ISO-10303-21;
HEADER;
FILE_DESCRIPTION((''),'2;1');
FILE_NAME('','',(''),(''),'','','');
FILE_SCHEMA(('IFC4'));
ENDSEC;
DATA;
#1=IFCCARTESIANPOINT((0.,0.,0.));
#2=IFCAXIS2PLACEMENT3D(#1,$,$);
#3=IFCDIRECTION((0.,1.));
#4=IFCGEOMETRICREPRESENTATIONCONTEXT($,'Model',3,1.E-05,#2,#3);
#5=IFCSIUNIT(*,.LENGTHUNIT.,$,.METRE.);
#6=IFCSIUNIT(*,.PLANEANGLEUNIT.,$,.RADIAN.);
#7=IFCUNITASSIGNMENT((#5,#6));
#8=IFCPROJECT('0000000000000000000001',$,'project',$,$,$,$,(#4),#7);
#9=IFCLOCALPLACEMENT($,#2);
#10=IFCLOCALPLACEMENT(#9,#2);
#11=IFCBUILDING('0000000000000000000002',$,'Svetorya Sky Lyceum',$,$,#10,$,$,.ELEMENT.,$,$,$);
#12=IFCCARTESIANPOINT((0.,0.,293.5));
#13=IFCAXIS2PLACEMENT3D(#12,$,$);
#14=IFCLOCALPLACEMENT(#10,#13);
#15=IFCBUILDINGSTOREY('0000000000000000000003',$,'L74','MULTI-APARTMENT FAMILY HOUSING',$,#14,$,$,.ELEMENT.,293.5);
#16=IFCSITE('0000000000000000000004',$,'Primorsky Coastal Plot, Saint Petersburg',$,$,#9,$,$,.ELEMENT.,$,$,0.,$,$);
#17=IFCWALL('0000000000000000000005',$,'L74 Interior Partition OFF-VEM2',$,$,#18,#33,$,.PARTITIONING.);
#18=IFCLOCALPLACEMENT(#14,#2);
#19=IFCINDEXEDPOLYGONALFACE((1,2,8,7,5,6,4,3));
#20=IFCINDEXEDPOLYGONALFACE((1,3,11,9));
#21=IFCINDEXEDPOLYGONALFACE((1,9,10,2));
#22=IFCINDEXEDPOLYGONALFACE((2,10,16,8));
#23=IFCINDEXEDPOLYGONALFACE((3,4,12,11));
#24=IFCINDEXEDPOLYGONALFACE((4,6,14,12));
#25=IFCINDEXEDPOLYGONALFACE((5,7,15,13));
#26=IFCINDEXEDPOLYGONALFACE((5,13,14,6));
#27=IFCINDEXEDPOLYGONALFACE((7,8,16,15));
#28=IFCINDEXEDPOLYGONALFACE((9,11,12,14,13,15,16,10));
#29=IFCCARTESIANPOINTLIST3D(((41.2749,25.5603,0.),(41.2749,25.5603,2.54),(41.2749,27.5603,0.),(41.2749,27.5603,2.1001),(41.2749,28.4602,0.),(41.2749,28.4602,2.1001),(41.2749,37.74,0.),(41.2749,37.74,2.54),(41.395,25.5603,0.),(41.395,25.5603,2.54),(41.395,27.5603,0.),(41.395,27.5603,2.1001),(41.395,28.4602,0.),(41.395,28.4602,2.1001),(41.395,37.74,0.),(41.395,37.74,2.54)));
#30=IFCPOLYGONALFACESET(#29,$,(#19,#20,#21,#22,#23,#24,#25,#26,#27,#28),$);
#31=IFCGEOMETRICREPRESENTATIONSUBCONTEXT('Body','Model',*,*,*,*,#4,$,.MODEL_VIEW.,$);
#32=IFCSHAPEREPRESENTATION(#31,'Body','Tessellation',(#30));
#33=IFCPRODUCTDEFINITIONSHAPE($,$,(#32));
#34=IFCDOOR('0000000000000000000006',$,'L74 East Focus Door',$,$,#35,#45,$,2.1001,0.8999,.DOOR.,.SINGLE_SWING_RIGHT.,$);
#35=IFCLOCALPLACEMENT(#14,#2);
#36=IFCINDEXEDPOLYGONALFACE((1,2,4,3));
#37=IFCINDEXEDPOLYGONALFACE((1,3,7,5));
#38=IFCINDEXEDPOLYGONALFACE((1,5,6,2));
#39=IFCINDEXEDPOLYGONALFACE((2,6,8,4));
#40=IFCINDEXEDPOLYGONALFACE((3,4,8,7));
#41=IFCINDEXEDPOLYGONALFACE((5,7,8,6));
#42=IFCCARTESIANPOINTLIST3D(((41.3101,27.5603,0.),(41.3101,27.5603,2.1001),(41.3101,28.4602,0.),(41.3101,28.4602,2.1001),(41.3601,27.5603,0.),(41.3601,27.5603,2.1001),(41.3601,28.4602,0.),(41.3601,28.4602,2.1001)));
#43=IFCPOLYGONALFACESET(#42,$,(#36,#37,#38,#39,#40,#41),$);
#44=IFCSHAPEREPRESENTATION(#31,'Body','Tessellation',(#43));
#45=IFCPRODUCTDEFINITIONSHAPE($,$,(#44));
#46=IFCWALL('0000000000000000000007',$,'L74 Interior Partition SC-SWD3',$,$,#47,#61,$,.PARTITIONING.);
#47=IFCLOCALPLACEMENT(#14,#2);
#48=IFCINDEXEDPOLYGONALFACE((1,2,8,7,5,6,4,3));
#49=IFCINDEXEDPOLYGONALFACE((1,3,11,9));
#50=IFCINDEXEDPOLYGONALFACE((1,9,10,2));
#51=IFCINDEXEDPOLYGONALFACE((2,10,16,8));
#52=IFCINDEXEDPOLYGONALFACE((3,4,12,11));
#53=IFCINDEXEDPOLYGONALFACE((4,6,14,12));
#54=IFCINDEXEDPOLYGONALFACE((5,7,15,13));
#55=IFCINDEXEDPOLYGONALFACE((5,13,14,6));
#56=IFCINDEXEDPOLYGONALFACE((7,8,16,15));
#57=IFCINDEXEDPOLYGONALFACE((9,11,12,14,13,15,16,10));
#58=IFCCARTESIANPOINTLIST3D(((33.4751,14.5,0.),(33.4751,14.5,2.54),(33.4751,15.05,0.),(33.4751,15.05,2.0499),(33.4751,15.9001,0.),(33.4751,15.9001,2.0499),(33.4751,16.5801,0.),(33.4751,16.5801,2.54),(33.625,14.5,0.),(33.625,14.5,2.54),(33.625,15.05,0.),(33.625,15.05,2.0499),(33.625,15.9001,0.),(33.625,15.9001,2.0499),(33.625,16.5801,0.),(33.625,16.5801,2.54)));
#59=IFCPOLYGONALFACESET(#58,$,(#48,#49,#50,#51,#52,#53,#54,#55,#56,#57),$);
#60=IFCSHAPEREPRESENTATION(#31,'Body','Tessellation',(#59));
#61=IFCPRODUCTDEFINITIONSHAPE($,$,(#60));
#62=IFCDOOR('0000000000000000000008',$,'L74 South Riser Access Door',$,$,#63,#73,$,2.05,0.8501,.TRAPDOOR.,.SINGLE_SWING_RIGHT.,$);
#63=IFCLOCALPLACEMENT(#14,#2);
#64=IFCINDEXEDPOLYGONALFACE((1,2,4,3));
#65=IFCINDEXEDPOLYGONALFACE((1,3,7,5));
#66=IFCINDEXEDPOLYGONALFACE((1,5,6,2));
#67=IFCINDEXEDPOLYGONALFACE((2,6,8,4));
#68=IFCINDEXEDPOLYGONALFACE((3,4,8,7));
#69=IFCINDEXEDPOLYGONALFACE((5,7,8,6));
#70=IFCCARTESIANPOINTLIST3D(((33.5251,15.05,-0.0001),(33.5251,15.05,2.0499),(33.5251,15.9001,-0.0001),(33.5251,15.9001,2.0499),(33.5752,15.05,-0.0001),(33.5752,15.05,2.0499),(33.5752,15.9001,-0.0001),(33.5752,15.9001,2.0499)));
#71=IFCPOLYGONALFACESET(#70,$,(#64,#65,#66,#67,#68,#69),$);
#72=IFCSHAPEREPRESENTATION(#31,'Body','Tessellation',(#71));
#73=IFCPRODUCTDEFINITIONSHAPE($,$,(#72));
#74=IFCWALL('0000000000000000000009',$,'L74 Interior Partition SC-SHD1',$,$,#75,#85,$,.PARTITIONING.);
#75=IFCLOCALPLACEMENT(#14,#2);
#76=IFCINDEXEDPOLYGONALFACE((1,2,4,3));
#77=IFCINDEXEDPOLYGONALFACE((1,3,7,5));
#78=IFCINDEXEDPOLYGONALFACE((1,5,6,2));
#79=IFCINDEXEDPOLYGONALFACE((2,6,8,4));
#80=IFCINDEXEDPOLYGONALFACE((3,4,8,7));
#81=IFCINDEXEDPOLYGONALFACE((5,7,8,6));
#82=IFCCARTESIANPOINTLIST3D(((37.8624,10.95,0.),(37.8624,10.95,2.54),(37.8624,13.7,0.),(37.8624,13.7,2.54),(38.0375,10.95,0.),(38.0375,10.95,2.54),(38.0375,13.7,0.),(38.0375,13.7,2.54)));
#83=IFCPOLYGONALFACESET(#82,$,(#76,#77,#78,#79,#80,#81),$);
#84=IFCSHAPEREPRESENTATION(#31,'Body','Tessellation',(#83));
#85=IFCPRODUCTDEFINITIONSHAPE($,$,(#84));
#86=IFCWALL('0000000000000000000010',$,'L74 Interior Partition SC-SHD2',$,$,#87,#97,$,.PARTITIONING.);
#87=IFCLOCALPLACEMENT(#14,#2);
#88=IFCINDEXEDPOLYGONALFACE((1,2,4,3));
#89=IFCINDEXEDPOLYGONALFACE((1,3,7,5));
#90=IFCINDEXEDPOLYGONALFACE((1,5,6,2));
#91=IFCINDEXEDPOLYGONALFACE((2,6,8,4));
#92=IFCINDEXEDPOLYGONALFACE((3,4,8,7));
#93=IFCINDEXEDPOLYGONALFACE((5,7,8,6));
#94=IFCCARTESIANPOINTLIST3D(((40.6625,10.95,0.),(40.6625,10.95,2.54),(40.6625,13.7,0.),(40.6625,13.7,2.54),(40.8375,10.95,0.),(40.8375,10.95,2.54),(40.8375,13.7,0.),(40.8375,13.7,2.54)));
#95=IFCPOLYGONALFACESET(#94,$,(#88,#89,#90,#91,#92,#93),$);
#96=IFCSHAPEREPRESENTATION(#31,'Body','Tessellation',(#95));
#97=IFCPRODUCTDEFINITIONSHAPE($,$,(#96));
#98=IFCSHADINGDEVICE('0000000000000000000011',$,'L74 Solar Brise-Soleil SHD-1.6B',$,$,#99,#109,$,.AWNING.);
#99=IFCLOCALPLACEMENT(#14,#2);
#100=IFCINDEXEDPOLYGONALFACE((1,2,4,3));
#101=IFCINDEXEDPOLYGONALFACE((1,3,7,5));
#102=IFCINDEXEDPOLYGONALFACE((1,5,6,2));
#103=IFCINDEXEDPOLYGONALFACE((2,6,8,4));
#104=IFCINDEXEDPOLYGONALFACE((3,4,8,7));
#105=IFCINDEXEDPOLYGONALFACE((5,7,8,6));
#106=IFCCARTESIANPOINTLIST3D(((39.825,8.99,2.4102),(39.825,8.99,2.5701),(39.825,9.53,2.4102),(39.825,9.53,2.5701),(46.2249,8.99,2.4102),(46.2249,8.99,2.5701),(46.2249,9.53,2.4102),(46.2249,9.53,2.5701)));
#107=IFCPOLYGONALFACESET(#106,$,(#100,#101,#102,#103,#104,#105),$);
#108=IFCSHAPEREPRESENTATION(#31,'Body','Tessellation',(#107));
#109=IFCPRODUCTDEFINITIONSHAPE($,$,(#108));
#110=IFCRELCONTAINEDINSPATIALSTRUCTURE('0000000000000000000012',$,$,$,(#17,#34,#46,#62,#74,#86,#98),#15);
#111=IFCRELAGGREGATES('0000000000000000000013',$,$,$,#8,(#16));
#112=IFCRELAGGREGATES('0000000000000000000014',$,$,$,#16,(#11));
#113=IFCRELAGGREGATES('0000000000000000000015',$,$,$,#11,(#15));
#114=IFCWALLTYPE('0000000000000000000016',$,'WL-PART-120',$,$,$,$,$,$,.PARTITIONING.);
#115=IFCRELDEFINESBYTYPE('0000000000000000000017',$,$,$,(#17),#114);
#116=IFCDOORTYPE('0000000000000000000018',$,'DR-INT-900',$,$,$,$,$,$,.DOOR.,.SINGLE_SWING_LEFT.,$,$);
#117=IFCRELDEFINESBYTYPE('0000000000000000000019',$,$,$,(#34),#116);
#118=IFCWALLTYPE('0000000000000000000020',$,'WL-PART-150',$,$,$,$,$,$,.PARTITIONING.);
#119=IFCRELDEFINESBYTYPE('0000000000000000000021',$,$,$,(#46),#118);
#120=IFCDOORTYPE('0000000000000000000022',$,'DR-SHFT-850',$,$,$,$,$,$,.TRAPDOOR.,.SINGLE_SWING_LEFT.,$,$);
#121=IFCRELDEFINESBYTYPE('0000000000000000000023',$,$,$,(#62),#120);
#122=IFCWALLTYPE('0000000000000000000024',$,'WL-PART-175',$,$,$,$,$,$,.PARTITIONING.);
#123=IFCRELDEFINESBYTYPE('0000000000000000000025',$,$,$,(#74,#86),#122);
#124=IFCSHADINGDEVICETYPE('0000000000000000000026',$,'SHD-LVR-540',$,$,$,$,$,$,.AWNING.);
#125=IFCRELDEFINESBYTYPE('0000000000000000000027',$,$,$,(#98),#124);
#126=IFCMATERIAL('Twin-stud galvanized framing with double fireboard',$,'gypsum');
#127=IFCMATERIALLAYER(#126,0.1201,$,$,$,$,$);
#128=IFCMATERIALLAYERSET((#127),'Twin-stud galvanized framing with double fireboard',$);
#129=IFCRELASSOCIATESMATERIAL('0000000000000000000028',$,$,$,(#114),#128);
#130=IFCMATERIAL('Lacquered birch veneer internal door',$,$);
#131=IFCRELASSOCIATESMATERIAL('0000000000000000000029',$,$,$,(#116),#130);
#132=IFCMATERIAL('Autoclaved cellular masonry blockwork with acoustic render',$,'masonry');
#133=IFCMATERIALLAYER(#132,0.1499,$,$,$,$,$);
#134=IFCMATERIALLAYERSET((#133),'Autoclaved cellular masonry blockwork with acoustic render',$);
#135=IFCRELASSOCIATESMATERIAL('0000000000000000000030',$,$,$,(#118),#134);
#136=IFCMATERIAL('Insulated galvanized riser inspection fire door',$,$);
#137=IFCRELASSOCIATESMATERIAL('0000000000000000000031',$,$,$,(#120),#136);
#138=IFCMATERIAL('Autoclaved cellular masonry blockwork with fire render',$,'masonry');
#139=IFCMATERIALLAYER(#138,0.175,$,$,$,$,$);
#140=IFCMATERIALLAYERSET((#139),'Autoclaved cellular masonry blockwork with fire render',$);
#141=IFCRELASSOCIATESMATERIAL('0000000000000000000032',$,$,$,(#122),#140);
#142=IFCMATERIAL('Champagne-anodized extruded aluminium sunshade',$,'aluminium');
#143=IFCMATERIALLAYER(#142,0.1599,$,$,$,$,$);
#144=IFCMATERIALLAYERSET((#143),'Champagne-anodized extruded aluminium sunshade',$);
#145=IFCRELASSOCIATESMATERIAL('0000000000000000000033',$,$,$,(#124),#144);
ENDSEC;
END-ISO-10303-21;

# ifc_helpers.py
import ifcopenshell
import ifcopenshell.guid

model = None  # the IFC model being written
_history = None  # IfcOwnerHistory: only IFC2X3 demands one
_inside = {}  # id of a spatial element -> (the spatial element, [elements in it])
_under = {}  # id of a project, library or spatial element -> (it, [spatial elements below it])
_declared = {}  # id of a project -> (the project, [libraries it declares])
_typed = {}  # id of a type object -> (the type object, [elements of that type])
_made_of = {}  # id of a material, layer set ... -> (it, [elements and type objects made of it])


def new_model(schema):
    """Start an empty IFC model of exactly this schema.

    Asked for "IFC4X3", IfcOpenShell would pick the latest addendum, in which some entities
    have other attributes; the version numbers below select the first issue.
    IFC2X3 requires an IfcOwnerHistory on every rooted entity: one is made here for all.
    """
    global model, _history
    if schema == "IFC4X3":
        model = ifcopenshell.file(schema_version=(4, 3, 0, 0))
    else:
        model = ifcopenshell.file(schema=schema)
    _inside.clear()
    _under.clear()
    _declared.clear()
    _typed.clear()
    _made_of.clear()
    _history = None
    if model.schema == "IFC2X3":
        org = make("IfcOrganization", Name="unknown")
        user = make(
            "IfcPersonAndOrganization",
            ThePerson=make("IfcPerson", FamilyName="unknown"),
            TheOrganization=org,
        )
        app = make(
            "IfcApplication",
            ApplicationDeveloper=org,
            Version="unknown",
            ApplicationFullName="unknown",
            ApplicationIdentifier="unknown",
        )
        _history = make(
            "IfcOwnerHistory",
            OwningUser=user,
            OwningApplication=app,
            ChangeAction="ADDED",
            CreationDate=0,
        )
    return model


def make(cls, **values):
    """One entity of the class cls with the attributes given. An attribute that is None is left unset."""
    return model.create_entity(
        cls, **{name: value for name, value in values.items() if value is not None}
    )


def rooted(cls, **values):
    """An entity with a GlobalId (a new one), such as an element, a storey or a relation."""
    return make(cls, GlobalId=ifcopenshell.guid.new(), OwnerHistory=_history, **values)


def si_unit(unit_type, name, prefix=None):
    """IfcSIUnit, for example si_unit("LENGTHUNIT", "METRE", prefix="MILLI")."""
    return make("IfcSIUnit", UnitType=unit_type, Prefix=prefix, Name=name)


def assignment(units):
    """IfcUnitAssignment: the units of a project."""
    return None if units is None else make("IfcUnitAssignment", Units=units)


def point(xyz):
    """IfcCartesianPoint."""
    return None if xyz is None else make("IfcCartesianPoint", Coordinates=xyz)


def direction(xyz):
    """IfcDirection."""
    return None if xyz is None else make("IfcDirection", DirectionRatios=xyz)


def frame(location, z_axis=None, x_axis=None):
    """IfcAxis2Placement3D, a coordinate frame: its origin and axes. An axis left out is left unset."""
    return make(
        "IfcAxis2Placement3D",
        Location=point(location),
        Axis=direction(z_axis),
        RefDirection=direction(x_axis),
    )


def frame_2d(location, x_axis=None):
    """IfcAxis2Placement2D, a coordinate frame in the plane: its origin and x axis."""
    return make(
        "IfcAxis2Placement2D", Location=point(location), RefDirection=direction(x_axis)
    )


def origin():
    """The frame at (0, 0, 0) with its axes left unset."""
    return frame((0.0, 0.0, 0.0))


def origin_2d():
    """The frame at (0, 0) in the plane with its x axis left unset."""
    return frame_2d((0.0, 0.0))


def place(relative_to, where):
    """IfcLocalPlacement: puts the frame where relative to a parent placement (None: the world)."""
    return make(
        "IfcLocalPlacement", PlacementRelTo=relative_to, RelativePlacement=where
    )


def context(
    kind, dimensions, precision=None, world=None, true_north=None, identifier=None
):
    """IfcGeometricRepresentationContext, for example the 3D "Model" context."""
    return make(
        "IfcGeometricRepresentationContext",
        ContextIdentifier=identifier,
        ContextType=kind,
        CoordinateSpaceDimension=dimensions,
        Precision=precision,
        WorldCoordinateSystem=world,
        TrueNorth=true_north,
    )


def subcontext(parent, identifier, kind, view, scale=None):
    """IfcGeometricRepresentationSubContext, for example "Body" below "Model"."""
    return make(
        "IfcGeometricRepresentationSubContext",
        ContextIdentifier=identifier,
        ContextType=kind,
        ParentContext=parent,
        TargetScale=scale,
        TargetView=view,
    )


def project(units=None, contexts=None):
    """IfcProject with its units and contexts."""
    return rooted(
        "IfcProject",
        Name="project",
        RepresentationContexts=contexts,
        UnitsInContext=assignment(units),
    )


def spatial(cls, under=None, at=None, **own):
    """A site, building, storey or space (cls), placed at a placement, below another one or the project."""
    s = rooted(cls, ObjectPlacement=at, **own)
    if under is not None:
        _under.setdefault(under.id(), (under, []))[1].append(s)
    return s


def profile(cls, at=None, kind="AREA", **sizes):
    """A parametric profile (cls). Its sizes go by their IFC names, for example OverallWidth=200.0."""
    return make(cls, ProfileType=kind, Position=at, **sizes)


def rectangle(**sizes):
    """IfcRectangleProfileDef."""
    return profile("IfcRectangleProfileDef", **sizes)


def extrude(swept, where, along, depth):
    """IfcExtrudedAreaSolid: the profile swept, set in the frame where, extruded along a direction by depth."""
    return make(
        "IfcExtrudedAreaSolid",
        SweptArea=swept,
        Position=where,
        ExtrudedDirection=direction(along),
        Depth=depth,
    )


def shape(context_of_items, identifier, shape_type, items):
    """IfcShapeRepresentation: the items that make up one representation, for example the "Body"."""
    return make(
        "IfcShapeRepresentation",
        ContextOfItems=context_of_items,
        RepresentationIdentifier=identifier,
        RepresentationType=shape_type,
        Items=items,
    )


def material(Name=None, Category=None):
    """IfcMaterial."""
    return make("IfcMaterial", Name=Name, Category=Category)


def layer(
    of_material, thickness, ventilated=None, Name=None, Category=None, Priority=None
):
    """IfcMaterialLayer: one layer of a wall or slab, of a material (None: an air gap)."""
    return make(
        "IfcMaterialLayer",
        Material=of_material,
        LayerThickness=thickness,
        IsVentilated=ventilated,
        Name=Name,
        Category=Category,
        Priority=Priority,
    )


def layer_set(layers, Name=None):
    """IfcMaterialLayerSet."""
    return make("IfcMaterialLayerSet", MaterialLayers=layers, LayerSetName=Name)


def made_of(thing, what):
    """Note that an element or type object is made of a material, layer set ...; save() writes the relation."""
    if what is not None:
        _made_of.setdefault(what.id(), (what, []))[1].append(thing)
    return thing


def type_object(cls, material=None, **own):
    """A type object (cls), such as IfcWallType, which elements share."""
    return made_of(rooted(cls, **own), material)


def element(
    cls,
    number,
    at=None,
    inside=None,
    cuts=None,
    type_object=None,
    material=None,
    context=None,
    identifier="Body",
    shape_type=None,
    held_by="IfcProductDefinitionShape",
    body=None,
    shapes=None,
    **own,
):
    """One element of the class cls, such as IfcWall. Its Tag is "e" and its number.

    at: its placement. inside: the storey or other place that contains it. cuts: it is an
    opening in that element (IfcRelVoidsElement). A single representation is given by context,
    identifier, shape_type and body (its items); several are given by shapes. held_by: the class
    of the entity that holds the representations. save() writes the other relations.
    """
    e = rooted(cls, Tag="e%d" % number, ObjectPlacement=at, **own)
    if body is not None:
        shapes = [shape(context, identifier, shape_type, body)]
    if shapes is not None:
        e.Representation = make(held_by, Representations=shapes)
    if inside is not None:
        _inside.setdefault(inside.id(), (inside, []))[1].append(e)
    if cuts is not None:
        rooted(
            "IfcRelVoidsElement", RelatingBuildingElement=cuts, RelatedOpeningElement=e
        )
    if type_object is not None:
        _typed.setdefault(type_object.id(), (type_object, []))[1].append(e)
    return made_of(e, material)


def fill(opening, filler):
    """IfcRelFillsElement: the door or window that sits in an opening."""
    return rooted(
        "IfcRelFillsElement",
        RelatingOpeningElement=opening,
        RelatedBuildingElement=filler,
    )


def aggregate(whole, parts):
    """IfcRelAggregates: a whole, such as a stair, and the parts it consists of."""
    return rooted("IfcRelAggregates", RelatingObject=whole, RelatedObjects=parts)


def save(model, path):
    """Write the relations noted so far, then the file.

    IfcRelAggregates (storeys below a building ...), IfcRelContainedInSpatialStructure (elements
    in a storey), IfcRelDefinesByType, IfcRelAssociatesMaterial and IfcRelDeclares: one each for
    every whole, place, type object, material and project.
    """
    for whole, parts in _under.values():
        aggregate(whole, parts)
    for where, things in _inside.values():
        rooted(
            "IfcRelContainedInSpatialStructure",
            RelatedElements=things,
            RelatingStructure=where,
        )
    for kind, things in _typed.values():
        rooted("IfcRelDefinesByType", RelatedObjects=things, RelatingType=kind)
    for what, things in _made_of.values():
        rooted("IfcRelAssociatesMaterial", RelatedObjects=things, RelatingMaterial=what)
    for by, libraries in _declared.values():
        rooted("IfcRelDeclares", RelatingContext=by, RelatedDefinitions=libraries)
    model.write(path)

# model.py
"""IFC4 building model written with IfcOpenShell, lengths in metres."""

from ifc_helpers import new_model, si_unit, direction, frame, frame_2d, origin, origin_2d, place, context, subcontext, project, spatial, rectangle, extrude, material, layer, layer_set, type_object, element, fill, save


model = new_model("IFC4")

# Units and contexts
model_context = context("Model", 3, precision=1e-05, world=origin(), true_north=direction((0.0, 1.0)))
body_context = subcontext(model_context, "Body", "Model", "MODEL_VIEW")
ifc_project = project(units=[si_unit("LENGTHUNIT", "METRE"), si_unit("PLANEANGLEUNIT", "RADIAN")], contexts=[model_context])

# Site, building, storey
site_placement = place(None, origin())
site = spatial("IfcSite", under=ifc_project, at=site_placement, Name="Primorsky Coastal Plot, Saint Petersburg", CompositionType="ELEMENT", RefElevation=0.0)
building_placement = place(site_placement, origin())
building = spatial("IfcBuilding", under=site, at=building_placement, Name="Svetorya Sky Lyceum", CompositionType="ELEMENT")
storey_placement = place(building_placement, frame((0.0, 0.0, 293.5)))
storey = spatial("IfcBuildingStorey", under=building, at=storey_placement, Name="L74", Description="MULTI-APARTMENT FAMILY HOUSING", CompositionType="ELEMENT", Elevation=293.5)

# Walls, openings, doors
ifc_material_1 = material(Name="Twin-stud galvanized framing with double fireboard", Category="gypsum")
ifc_layer_1 = layer(ifc_material_1, 0.1201)
ifc_layer_set_1 = layer_set([ifc_layer_1], Name="Twin-stud galvanized framing with double fireboard")
wall_type_1 = type_object("IfcWallType", Name="WL-PART-120", PredefinedType="PARTITIONING", material=ifc_layer_set_1)
ifc_material_2 = material(Name="Lacquered birch veneer internal door")
door_type_1 = type_object("IfcDoorType", Name="DR-INT-900", OperationType="SINGLE_SWING_LEFT", PredefinedType="DOOR", material=ifc_material_2)
wall_1_placement = place(storey_placement, frame((41.335, 25.5603, 0.0), z_axis=(0.0, 0.0, 1.0), x_axis=(0.0, 1.0, 0.0)))
wall_1 = element("IfcWall", 1, at=wall_1_placement, inside=storey, type_object=wall_type_1, Name="L74 Interior Partition OFF-VEM2", PredefinedType="PARTITIONING", context=body_context, shape_type="SweptSolid", body=[
    extrude(rectangle(XDim=12.1797, YDim=0.1201, at=frame_2d((6.0898, 0.0))), origin(), (0.0, 0.0, 1.0), 2.54),
])
opening_1_placement = place(wall_1_placement, frame((2.0, 0.0, 0.0)))
opening_1 = element("IfcOpeningElement", 2, at=opening_1_placement, cuts=wall_1, PredefinedType="OPENING", context=body_context, shape_type="SweptSolid", body=[
    extrude(rectangle(XDim=0.8999, YDim=2.1001, at=frame_2d((0.45, 1.05))), frame((0.0, 0.0701, 0.0), z_axis=(0.0, -1.0, 0.0), x_axis=(1.0, 0.0, 0.0)), (0.0, 0.0, 1.0), 0.1401),
])
door_1_placement = place(opening_1_placement, origin())
door_1 = element("IfcDoor", 3, at=door_1_placement, inside=storey, type_object=door_type_1, Name="L74 East Focus Door", OperationType="SINGLE_SWING_RIGHT", OverallHeight=2.1001, OverallWidth=0.8999, PredefinedType="DOOR", context=body_context, shape_type="SweptSolid", body=[
    extrude(rectangle(XDim=0.8999, YDim=2.1001, at=frame_2d((0.45, 1.05))), frame((0.0, 0.0249, 0.0), z_axis=(0.0, -1.0, 0.0), x_axis=(1.0, 0.0, 0.0)), (0.0, 0.0, 1.0), 0.05),
])
fill(opening_1, door_1)
ifc_material_3 = material(Name="Autoclaved cellular masonry blockwork with acoustic render", Category="masonry")
ifc_layer_2 = layer(ifc_material_3, 0.1499)
ifc_layer_set_2 = layer_set([ifc_layer_2], Name="Autoclaved cellular masonry blockwork with acoustic render")
wall_type_2 = type_object("IfcWallType", Name="WL-PART-150", PredefinedType="PARTITIONING", material=ifc_layer_set_2)
wall_2_placement = place(storey_placement, frame((33.55, 14.5, 0.0), z_axis=(0.0, 0.0, 1.0), x_axis=(0.0, 1.0, 0.0)))
wall_2 = element("IfcWall", 4, at=wall_2_placement, inside=storey, type_object=wall_type_2, Name="L74 Interior Partition SC-SWD3", PredefinedType="PARTITIONING", context=body_context, shape_type="SweptSolid", body=[
    extrude(rectangle(XDim=2.0801, YDim=0.1499, at=frame_2d((1.04, 0.0))), origin(), (0.0, 0.0, 1.0), 2.54),
])
opening_2_placement = place(wall_2_placement, frame((0.55, 0.0, 0.0)))
opening_2 = element("IfcOpeningElement", 5, at=opening_2_placement, cuts=wall_2, PredefinedType="OPENING", context=body_context, shape_type="SweptSolid", body=[
    extrude(rectangle(XDim=0.8501, YDim=2.05, at=frame_2d((0.425, 1.0249))), frame((0.0, 0.085, 0.0), z_axis=(0.0, -1.0, 0.0), x_axis=(1.0, 0.0, 0.0)), (0.0, 0.0, 1.0), 0.1699),
])
ifc_material_4 = material(Name="Insulated galvanized riser inspection fire door")
door_type_2 = type_object("IfcDoorType", Name="DR-SHFT-850", OperationType="SINGLE_SWING_LEFT", PredefinedType="TRAPDOOR", material=ifc_material_4)
door_2_placement = place(opening_2_placement, origin())
door_2 = element("IfcDoor", 6, at=door_2_placement, inside=storey, type_object=door_type_2, Name="L74 South Riser Access Door", OperationType="SINGLE_SWING_RIGHT", OverallHeight=2.05, OverallWidth=0.8501, PredefinedType="TRAPDOOR", context=body_context, shape_type="SweptSolid", body=[
    extrude(rectangle(XDim=0.8501, YDim=2.05, at=frame_2d((0.425, 1.0249))), frame((0.0, 0.0249, 0.0), z_axis=(0.0, -1.0, 0.0), x_axis=(1.0, 0.0, 0.0)), (0.0, 0.0, 1.0), 0.05),
])
fill(opening_2, door_2)

# Walls
ifc_material_5 = material(Name="Autoclaved cellular masonry blockwork with fire render", Category="masonry")
ifc_layer_3 = layer(ifc_material_5, 0.175)
ifc_layer_set_3 = layer_set([ifc_layer_3], Name="Autoclaved cellular masonry blockwork with fire render")
wall_type_3 = type_object("IfcWallType", Name="WL-PART-175", PredefinedType="PARTITIONING", material=ifc_layer_set_3)
for number, where, z_axis, x_axis, name in (
    (7, (37.95, 10.95, 0.0), (0.0, 0.0, 1.0), (0.0, 1.0, 0.0), "L74 Interior Partition SC-SHD1"),
    (8, (40.75, 10.95, 0.0), (0.0, 0.0, 1.0), (0.0, 1.0, 0.0), "L74 Interior Partition SC-SHD2"),
):
    element("IfcWall", number, at=place(storey_placement, frame(where, z_axis=z_axis, x_axis=x_axis)), inside=storey, type_object=wall_type_3, Name=name, PredefinedType="PARTITIONING", context=body_context, shape_type="SweptSolid", body=[
        extrude(rectangle(XDim=2.75, YDim=0.175, at=frame_2d((1.375, 0.0))), origin(), (0.0, 0.0, 1.0), 2.54),
    ])

# Shading device
ifc_material_6 = material(Name="Champagne-anodized extruded aluminium sunshade", Category="aluminium")
ifc_layer_4 = layer(ifc_material_6, 0.1599)
ifc_layer_set_4 = layer_set([ifc_layer_4], Name="Champagne-anodized extruded aluminium sunshade")
shading_device_type = type_object("IfcShadingDeviceType", Name="SHD-LVR-540", PredefinedType="AWNING", material=ifc_layer_set_4)
shading_device_placement = place(storey_placement, frame((43.0249, 9.26, 2.4102), z_axis=(0.0, 0.0, 1.0), x_axis=(1.0, 0.0, 0.0)))
element("IfcShadingDevice", 9, at=shading_device_placement, inside=storey, type_object=shading_device_type, Name="L74 Solar Brise-Soleil SHD-1.6B", PredefinedType="AWNING", context=body_context, shape_type="SweptSolid", body=[
    extrude(rectangle(XDim=6.3999, YDim=0.54, at=origin_2d()), origin(), (0.0, 0.0, 1.0), 0.1599),
])

save(model, "model.ifc")
